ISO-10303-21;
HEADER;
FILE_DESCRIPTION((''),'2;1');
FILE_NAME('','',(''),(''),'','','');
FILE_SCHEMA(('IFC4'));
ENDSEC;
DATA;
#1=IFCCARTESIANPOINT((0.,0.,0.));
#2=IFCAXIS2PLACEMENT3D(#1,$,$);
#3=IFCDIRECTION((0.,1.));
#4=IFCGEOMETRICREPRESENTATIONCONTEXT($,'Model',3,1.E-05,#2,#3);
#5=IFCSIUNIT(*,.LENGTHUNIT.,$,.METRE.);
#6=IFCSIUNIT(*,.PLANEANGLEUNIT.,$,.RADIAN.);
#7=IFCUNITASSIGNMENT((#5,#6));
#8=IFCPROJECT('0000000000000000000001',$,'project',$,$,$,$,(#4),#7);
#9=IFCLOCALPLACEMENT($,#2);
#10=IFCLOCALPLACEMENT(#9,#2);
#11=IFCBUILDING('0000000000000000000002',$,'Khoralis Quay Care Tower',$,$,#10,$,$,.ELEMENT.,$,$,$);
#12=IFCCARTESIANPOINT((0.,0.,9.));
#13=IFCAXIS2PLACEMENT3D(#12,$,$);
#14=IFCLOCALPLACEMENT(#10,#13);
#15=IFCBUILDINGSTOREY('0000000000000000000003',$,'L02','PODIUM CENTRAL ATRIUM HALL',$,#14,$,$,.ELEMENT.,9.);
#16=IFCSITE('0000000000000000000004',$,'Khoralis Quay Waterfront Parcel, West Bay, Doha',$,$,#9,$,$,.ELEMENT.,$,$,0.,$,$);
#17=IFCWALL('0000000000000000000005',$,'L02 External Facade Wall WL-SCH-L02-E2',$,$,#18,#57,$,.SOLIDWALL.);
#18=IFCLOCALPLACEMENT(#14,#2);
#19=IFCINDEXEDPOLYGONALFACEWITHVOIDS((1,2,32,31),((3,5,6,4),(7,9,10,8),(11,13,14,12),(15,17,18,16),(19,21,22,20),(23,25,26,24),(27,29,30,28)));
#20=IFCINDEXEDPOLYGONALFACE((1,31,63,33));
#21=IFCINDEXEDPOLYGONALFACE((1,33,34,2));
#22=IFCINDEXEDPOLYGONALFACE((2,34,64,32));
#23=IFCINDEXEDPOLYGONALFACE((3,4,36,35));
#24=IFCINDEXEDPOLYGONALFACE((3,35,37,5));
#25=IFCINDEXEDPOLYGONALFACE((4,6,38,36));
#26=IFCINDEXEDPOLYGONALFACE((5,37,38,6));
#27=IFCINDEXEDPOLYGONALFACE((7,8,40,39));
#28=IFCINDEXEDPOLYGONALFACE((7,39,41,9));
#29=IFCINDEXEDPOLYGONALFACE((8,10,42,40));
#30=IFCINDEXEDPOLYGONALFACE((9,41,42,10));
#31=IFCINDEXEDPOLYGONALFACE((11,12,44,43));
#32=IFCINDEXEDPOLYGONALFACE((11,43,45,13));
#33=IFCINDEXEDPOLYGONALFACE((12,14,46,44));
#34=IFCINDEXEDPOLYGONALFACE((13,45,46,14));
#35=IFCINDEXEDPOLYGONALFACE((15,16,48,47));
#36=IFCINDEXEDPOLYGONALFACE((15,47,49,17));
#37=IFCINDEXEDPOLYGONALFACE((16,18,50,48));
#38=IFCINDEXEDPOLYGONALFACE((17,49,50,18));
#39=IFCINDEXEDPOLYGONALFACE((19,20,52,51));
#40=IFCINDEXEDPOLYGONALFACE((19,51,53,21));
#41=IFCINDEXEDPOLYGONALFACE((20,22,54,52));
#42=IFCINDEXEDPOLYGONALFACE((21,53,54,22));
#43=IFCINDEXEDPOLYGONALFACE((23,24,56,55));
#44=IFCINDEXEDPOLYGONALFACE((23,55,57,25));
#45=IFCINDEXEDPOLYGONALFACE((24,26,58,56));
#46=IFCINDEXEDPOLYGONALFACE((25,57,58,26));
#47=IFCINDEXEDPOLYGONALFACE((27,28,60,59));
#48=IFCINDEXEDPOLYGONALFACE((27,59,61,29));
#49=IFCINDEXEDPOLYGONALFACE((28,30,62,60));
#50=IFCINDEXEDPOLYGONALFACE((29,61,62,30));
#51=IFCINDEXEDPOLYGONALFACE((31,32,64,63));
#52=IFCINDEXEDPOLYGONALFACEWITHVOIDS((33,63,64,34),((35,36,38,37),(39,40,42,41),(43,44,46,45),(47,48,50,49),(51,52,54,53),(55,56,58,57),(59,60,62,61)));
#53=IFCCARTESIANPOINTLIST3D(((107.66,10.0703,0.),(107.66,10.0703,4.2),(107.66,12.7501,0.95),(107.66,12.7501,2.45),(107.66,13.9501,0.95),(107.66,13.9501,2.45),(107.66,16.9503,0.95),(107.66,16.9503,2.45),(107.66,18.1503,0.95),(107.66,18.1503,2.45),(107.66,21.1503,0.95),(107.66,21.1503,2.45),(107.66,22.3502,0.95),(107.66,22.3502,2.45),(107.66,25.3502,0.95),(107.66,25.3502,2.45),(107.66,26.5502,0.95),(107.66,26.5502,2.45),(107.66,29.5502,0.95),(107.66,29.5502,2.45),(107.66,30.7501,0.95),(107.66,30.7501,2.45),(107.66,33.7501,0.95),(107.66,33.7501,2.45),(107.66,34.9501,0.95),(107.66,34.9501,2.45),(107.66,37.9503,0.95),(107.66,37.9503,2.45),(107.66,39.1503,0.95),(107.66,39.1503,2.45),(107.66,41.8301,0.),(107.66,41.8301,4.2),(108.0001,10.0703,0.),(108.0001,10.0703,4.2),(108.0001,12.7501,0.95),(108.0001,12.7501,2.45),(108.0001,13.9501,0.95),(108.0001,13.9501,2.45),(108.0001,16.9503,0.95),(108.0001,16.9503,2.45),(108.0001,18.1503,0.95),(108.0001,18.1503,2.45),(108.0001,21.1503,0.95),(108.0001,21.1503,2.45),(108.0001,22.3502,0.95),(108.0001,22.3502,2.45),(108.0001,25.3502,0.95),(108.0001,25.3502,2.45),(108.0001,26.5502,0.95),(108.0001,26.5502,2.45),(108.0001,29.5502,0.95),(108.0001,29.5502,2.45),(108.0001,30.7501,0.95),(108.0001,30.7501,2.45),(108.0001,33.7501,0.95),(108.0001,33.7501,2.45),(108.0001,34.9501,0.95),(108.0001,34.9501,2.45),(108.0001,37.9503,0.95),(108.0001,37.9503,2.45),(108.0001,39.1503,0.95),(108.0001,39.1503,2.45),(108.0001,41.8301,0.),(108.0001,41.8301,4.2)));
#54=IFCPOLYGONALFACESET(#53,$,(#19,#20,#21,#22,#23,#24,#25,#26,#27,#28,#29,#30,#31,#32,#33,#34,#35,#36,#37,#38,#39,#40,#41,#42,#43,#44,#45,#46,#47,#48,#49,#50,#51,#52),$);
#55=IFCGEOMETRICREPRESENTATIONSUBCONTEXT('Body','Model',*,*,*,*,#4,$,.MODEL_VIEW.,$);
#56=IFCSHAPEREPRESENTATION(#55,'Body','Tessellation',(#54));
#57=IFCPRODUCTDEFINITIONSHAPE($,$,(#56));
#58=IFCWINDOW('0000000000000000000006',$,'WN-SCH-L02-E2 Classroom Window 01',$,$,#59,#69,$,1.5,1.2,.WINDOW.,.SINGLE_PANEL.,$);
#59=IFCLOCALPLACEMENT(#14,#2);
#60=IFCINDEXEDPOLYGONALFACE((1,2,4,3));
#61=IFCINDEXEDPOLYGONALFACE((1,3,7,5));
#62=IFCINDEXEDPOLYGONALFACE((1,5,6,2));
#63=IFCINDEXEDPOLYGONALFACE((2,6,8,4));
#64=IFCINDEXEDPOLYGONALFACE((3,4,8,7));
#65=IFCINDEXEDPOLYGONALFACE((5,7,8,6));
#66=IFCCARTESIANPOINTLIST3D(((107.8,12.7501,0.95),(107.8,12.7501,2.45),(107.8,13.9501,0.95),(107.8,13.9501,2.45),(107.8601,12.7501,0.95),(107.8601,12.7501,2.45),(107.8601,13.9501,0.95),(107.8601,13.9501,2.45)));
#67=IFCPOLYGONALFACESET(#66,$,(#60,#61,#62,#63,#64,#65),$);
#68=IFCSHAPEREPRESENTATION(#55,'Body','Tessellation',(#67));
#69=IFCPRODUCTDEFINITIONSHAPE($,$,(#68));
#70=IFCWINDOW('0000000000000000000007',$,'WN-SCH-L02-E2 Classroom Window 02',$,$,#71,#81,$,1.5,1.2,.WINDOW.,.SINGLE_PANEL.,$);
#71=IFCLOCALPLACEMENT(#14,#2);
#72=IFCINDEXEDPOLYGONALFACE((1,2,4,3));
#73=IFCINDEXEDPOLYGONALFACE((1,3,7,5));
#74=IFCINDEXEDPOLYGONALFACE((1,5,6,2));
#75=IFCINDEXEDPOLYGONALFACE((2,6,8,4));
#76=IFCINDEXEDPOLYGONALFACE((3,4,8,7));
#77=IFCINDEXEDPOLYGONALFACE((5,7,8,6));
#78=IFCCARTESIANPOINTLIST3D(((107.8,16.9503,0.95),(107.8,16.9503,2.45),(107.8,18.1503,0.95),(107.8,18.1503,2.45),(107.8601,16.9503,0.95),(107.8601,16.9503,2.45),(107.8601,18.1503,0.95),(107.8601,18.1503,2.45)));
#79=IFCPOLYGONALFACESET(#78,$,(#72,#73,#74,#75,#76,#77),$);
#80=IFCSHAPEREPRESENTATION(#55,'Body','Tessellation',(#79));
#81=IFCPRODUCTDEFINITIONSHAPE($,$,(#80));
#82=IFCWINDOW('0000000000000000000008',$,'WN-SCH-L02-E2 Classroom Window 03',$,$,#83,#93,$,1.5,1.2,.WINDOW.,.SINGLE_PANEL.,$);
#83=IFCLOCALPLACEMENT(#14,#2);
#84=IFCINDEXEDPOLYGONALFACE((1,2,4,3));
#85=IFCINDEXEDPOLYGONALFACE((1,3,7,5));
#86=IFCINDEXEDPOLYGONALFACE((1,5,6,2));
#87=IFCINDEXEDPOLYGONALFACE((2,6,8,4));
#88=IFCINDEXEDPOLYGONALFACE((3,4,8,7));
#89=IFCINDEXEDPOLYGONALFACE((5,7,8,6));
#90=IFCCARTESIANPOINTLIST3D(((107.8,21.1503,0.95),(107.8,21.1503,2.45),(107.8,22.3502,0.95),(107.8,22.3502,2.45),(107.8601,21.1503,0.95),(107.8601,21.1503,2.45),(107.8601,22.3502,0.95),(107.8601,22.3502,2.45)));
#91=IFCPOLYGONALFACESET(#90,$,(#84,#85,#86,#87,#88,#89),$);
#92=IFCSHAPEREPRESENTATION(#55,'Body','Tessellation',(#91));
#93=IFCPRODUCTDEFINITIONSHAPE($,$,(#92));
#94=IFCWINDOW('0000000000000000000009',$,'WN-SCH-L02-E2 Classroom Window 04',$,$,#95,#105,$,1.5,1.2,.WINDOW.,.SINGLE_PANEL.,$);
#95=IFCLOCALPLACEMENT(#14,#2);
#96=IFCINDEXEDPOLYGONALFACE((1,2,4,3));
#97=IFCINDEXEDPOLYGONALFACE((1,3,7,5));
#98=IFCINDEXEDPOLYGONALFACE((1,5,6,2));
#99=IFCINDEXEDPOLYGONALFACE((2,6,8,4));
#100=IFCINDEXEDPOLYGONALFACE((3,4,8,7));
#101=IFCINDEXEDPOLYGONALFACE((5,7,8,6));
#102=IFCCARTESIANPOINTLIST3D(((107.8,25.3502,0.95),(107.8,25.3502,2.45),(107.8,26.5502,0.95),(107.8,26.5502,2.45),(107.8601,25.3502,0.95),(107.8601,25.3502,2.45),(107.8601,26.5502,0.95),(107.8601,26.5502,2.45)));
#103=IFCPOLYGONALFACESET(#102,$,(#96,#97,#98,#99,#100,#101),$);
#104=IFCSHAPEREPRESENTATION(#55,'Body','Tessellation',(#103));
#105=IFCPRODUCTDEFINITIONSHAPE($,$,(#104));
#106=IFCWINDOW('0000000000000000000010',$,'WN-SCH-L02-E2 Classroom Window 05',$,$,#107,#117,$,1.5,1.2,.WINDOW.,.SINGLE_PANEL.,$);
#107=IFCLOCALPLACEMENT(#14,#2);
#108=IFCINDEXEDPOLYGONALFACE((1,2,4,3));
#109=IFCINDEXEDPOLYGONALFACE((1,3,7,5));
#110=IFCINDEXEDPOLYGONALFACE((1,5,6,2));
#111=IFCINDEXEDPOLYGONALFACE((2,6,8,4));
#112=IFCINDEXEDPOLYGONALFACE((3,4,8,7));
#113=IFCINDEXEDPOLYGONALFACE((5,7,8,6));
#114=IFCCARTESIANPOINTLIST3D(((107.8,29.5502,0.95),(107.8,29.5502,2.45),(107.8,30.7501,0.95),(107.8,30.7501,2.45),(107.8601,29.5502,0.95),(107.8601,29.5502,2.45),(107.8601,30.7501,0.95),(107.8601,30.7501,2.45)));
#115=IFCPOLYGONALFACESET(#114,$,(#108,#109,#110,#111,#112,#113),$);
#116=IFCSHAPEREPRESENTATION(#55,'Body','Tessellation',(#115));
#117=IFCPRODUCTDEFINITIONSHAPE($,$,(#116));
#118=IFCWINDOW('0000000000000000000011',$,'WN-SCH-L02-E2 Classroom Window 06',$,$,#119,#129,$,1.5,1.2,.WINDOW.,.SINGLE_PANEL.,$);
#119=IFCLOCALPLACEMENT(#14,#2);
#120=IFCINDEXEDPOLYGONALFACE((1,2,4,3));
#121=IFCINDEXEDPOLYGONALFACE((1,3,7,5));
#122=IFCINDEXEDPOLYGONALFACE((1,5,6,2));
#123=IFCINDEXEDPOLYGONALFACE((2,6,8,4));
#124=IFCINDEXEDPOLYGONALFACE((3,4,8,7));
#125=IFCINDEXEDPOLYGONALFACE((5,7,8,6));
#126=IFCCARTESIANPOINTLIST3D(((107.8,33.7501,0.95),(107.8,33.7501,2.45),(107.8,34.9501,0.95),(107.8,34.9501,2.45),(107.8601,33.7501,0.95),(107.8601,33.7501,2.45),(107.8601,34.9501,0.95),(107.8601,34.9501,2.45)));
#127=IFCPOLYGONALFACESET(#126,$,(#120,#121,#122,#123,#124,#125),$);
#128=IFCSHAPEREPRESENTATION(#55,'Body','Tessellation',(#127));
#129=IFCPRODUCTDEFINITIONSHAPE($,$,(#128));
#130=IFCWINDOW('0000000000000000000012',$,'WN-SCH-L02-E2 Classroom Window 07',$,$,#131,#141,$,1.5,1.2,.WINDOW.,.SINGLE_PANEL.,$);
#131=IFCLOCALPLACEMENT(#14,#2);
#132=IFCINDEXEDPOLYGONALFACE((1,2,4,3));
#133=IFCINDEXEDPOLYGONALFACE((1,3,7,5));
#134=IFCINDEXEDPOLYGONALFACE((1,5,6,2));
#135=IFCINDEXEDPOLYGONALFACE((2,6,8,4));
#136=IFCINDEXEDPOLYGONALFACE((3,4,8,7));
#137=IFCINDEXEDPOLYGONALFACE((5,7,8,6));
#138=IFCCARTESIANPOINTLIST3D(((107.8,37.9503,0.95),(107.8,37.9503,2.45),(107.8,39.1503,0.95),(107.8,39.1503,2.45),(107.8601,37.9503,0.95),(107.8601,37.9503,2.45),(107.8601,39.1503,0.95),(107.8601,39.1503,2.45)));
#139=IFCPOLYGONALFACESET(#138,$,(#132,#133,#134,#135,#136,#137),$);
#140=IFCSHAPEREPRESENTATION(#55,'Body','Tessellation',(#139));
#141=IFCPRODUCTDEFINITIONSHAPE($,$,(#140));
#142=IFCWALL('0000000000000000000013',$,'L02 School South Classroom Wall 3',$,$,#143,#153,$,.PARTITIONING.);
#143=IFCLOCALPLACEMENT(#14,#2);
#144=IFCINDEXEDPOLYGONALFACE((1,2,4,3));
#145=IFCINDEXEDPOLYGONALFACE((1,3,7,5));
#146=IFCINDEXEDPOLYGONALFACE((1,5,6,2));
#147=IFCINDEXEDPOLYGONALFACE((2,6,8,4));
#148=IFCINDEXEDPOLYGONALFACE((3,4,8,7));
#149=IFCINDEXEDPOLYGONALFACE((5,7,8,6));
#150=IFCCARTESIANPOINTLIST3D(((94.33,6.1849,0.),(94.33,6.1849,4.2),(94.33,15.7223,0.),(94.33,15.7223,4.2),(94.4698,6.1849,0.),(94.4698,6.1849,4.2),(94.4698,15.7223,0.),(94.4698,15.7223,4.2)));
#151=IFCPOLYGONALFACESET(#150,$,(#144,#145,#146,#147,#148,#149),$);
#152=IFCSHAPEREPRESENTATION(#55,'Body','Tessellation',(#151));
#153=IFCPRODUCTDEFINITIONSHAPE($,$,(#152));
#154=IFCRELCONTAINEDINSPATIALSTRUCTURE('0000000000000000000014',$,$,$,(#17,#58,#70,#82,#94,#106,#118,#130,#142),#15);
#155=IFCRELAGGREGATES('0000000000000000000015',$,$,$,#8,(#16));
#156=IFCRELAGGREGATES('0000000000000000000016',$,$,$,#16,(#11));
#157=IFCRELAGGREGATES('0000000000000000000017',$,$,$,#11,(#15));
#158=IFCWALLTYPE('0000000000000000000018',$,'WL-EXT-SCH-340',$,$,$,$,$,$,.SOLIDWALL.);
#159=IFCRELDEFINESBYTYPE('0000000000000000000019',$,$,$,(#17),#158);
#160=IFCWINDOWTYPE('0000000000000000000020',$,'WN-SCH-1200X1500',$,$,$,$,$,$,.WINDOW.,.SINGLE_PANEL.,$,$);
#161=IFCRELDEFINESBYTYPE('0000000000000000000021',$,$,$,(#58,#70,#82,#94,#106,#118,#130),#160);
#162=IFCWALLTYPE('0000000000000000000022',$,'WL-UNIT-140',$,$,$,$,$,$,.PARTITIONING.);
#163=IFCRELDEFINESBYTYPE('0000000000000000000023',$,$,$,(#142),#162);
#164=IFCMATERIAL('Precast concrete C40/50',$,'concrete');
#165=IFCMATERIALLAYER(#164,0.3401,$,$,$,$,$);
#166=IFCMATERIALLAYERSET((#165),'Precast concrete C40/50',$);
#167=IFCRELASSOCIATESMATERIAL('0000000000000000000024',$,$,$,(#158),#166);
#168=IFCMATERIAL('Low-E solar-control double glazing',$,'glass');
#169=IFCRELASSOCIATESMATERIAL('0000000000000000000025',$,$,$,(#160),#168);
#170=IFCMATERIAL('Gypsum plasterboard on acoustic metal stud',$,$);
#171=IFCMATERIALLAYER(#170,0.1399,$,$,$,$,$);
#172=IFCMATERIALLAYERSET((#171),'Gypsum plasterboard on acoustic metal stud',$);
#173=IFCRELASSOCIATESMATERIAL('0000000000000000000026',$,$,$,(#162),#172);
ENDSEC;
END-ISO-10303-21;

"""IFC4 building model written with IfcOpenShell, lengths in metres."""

from ifc_helpers import new_model, si_unit, direction, frame, frame_2d, origin, place, context, subcontext, project, spatial, rectangle, extrude, source, transform, mapped, material, layer, layer_set, type_object, element, fill, save


model = new_model("IFC4")

# Units and contexts
model_context = context("Model", 3, precision=1e-05, world=origin(), true_north=direction((0.0, 1.0)))
body_context = subcontext(model_context, "Body", "Model", "MODEL_VIEW")
ifc_project = project(units=[si_unit("LENGTHUNIT", "METRE"), si_unit("PLANEANGLEUNIT", "RADIAN")], contexts=[model_context])

# Site, building, storey
site_placement = place(None, origin())
site = spatial("IfcSite", under=ifc_project, at=site_placement, Name="Khoralis Quay Waterfront Parcel, West Bay, Doha", CompositionType="ELEMENT", RefElevation=0.0)
building_placement = place(site_placement, origin())
building = spatial("IfcBuilding", under=site, at=building_placement, Name="Khoralis Quay Care Tower", CompositionType="ELEMENT")
storey_placement = place(building_placement, frame((0.0, 0.0, 9.0)))
storey = spatial("IfcBuildingStorey", under=building, at=storey_placement, Name="L02", Description="PODIUM CENTRAL ATRIUM HALL", CompositionType="ELEMENT", Elevation=9.0)

# Shared definitions
ifc_material_1 = material(Name="Precast concrete C40/50", Category="concrete")
ifc_layer_1 = layer(ifc_material_1, 0.3401)
ifc_layer_set_1 = layer_set([ifc_layer_1], Name="Precast concrete C40/50")
wall_type_1 = type_object("IfcWallType", Name="WL-EXT-SCH-340", PredefinedType="SOLIDWALL", material=ifc_layer_set_1)
ifc_material_2 = material(Name="Low-E solar-control double glazing", Category="glass")
window_type = type_object("IfcWindowType", Name="WN-SCH-1200X1500", PartitioningType="SINGLE_PANEL", PredefinedType="WINDOW", material=ifc_material_2)
shared_shape_1 = source(origin(), body_context, "Body", "SweptSolid", [
    extrude(rectangle(XDim=1.2, YDim=1.5, at=frame_2d((0.6001, 0.75))), frame((0.0, 0.03, 0.0), z_axis=(0.0, -1.0, 0.0), x_axis=(1.0, 0.0, 0.0)), (0.0, 0.0, 1.0), 0.0601),
])

# Wall, openings, windows
wall_1_placement = place(storey_placement, frame((107.8301, 10.0703, 0.0), z_axis=(0.0, 0.0, 1.0), x_axis=(0.0, 1.0, 0.0)))
wall_1 = element("IfcWall", 1, at=wall_1_placement, inside=storey, type_object=wall_type_1, Name="L02 External Facade Wall WL-SCH-L02-E2", PredefinedType="SOLIDWALL", context=body_context, shape_type="SweptSolid", body=[
    extrude(rectangle(XDim=31.7598, YDim=0.3401, at=frame_2d((15.8799, 0.0))), origin(), (0.0, 0.0, 1.0), 4.2),
])
opening_1_placement = place(wall_1_placement, frame((2.6797, 0.0, 0.95)))
opening_1 = element("IfcOpeningElement", 2, at=opening_1_placement, cuts=wall_1, PredefinedType="OPENING", context=body_context, shape_type="SweptSolid", body=[
    extrude(rectangle(XDim=1.2, YDim=1.5, at=frame_2d((0.6001, 0.75))), frame((0.0, 0.1802, 0.0), z_axis=(0.0, -1.0, 0.0), x_axis=(1.0, 0.0, 0.0)), (0.0, 0.0, 1.0), 0.3601),
])
opening_2_placement = place(wall_1_placement, frame((6.8799, 0.0, 0.95)))
opening_2 = element("IfcOpeningElement", 3, at=opening_2_placement, cuts=wall_1, PredefinedType="OPENING", context=body_context, shape_type="SweptSolid", body=[
    extrude(rectangle(XDim=1.2, YDim=1.5, at=frame_2d((0.6001, 0.75))), frame((0.0, 0.1802, 0.0), z_axis=(0.0, -1.0, 0.0), x_axis=(1.0, 0.0, 0.0)), (0.0, 0.0, 1.0), 0.3601),
])
opening_3_placement = place(wall_1_placement, frame((11.0798, 0.0, 0.95)))
opening_3 = element("IfcOpeningElement", 4, at=opening_3_placement, cuts=wall_1, PredefinedType="OPENING", context=body_context, shape_type="SweptSolid", body=[
    extrude(rectangle(XDim=1.2, YDim=1.5, at=frame_2d((0.6001, 0.75))), frame((0.0, 0.1802, 0.0), z_axis=(0.0, -1.0, 0.0), x_axis=(1.0, 0.0, 0.0)), (0.0, 0.0, 1.0), 0.3601),
])
opening_4_placement = place(wall_1_placement, frame((15.2798, 0.0, 0.95)))
opening_4 = element("IfcOpeningElement", 5, at=opening_4_placement, cuts=wall_1, PredefinedType="OPENING", context=body_context, shape_type="SweptSolid", body=[
    extrude(rectangle(XDim=1.2, YDim=1.5, at=frame_2d((0.6001, 0.75))), frame((0.0, 0.1802, 0.0), z_axis=(0.0, -1.0, 0.0), x_axis=(1.0, 0.0, 0.0)), (0.0, 0.0, 1.0), 0.3601),
])
opening_5_placement = place(wall_1_placement, frame((19.4797, 0.0, 0.95)))
opening_5 = element("IfcOpeningElement", 6, at=opening_5_placement, cuts=wall_1, PredefinedType="OPENING", context=body_context, shape_type="SweptSolid", body=[
    extrude(rectangle(XDim=1.2, YDim=1.5, at=frame_2d((0.6001, 0.75))), frame((0.0, 0.1802, 0.0), z_axis=(0.0, -1.0, 0.0), x_axis=(1.0, 0.0, 0.0)), (0.0, 0.0, 1.0), 0.3601),
])
opening_6_placement = place(wall_1_placement, frame((23.6797, 0.0, 0.95)))
opening_6 = element("IfcOpeningElement", 7, at=opening_6_placement, cuts=wall_1, PredefinedType="OPENING", context=body_context, shape_type="SweptSolid", body=[
    extrude(rectangle(XDim=1.2, YDim=1.5, at=frame_2d((0.6001, 0.75))), frame((0.0, 0.1802, 0.0), z_axis=(0.0, -1.0, 0.0), x_axis=(1.0, 0.0, 0.0)), (0.0, 0.0, 1.0), 0.3601),
])
opening_7_placement = place(wall_1_placement, frame((27.8799, 0.0, 0.95)))
opening_7 = element("IfcOpeningElement", 8, at=opening_7_placement, cuts=wall_1, PredefinedType="OPENING", context=body_context, shape_type="SweptSolid", body=[
    extrude(rectangle(XDim=1.2, YDim=1.5, at=frame_2d((0.6001, 0.75))), frame((0.0, 0.1802, 0.0), z_axis=(0.0, -1.0, 0.0), x_axis=(1.0, 0.0, 0.0)), (0.0, 0.0, 1.0), 0.3601),
])
window_1_placement = place(opening_1_placement, origin())
window_1 = element("IfcWindow", 9, at=window_1_placement, inside=storey, type_object=window_type, Name="WN-SCH-L02-E2 Classroom Window 01", OverallHeight=1.5, OverallWidth=1.2, PartitioningType="SINGLE_PANEL", PredefinedType="WINDOW", context=body_context, shape_type="MappedRepresentation", body=[
    mapped(shared_shape_1, transform((0.0, 0.0, 0.0), scale=1.0)),
])
fill(opening_1, window_1)
window_2_placement = place(opening_2_placement, origin())
window_2 = element("IfcWindow", 10, at=window_2_placement, inside=storey, type_object=window_type, Name="WN-SCH-L02-E2 Classroom Window 02", OverallHeight=1.5, OverallWidth=1.2, PartitioningType="SINGLE_PANEL", PredefinedType="WINDOW", context=body_context, shape_type="MappedRepresentation", body=[
    mapped(shared_shape_1, transform((0.0, 0.0, 0.0), scale=1.0)),
])
fill(opening_2, window_2)
window_3_placement = place(opening_3_placement, origin())
window_3 = element("IfcWindow", 11, at=window_3_placement, inside=storey, type_object=window_type, Name="WN-SCH-L02-E2 Classroom Window 03", OverallHeight=1.5, OverallWidth=1.2, PartitioningType="SINGLE_PANEL", PredefinedType="WINDOW", context=body_context, shape_type="MappedRepresentation", body=[
    mapped(shared_shape_1, transform((0.0, 0.0, 0.0), scale=1.0)),
])
fill(opening_3, window_3)
window_4_placement = place(opening_4_placement, origin())
window_4 = element("IfcWindow", 12, at=window_4_placement, inside=storey, type_object=window_type, Name="WN-SCH-L02-E2 Classroom Window 04", OverallHeight=1.5, OverallWidth=1.2, PartitioningType="SINGLE_PANEL", PredefinedType="WINDOW", context=body_context, shape_type="MappedRepresentation", body=[
    mapped(shared_shape_1, transform((0.0, 0.0, 0.0), scale=1.0)),
])
fill(opening_4, window_4)
window_5_placement = place(opening_5_placement, origin())
window_5 = element("IfcWindow", 13, at=window_5_placement, inside=storey, type_object=window_type, Name="WN-SCH-L02-E2 Classroom Window 05", OverallHeight=1.5, OverallWidth=1.2, PartitioningType="SINGLE_PANEL", PredefinedType="WINDOW", context=body_context, shape_type="MappedRepresentation", body=[
    mapped(shared_shape_1, transform((0.0, 0.0, 0.0), scale=1.0)),
])
fill(opening_5, window_5)
window_6_placement = place(opening_6_placement, origin())
window_6 = element("IfcWindow", 14, at=window_6_placement, inside=storey, type_object=window_type, Name="WN-SCH-L02-E2 Classroom Window 06", OverallHeight=1.5, OverallWidth=1.2, PartitioningType="SINGLE_PANEL", PredefinedType="WINDOW", context=body_context, shape_type="MappedRepresentation", body=[
    mapped(shared_shape_1, transform((0.0, 0.0, 0.0), scale=1.0)),
])
fill(opening_6, window_6)
window_7_placement = place(opening_7_placement, origin())
window_7 = element("IfcWindow", 15, at=window_7_placement, inside=storey, type_object=window_type, Name="WN-SCH-L02-E2 Classroom Window 07", OverallHeight=1.5, OverallWidth=1.2, PartitioningType="SINGLE_PANEL", PredefinedType="WINDOW", context=body_context, shape_type="MappedRepresentation", body=[
    mapped(shared_shape_1, transform((0.0, 0.0, 0.0), scale=1.0)),
])
fill(opening_7, window_7)

# Wall
ifc_material_3 = material(Name="Gypsum plasterboard on acoustic metal stud")
ifc_layer_2 = layer(ifc_material_3, 0.1399)
ifc_layer_set_2 = layer_set([ifc_layer_2], Name="Gypsum plasterboard on acoustic metal stud")
wall_type_2 = type_object("IfcWallType", Name="WL-UNIT-140", PredefinedType="PARTITIONING", material=ifc_layer_set_2)
wall_2_placement = place(storey_placement, frame((94.3999, 6.1851, 0.0), z_axis=(0.0, 0.0, 1.0), x_axis=(0.0, 1.0, 0.0)))
element("IfcWall", 16, at=wall_2_placement, inside=storey, type_object=wall_type_2, Name="L02 School South Classroom Wall 3", PredefinedType="PARTITIONING", context=body_context, shape_type="SweptSolid", body=[
    extrude(rectangle(XDim=9.5374, YDim=0.1399, at=frame_2d((4.7686, 0.0))), origin(), (0.0, 0.0, 1.0), 4.2),
])

save(model, "model.ifc")
